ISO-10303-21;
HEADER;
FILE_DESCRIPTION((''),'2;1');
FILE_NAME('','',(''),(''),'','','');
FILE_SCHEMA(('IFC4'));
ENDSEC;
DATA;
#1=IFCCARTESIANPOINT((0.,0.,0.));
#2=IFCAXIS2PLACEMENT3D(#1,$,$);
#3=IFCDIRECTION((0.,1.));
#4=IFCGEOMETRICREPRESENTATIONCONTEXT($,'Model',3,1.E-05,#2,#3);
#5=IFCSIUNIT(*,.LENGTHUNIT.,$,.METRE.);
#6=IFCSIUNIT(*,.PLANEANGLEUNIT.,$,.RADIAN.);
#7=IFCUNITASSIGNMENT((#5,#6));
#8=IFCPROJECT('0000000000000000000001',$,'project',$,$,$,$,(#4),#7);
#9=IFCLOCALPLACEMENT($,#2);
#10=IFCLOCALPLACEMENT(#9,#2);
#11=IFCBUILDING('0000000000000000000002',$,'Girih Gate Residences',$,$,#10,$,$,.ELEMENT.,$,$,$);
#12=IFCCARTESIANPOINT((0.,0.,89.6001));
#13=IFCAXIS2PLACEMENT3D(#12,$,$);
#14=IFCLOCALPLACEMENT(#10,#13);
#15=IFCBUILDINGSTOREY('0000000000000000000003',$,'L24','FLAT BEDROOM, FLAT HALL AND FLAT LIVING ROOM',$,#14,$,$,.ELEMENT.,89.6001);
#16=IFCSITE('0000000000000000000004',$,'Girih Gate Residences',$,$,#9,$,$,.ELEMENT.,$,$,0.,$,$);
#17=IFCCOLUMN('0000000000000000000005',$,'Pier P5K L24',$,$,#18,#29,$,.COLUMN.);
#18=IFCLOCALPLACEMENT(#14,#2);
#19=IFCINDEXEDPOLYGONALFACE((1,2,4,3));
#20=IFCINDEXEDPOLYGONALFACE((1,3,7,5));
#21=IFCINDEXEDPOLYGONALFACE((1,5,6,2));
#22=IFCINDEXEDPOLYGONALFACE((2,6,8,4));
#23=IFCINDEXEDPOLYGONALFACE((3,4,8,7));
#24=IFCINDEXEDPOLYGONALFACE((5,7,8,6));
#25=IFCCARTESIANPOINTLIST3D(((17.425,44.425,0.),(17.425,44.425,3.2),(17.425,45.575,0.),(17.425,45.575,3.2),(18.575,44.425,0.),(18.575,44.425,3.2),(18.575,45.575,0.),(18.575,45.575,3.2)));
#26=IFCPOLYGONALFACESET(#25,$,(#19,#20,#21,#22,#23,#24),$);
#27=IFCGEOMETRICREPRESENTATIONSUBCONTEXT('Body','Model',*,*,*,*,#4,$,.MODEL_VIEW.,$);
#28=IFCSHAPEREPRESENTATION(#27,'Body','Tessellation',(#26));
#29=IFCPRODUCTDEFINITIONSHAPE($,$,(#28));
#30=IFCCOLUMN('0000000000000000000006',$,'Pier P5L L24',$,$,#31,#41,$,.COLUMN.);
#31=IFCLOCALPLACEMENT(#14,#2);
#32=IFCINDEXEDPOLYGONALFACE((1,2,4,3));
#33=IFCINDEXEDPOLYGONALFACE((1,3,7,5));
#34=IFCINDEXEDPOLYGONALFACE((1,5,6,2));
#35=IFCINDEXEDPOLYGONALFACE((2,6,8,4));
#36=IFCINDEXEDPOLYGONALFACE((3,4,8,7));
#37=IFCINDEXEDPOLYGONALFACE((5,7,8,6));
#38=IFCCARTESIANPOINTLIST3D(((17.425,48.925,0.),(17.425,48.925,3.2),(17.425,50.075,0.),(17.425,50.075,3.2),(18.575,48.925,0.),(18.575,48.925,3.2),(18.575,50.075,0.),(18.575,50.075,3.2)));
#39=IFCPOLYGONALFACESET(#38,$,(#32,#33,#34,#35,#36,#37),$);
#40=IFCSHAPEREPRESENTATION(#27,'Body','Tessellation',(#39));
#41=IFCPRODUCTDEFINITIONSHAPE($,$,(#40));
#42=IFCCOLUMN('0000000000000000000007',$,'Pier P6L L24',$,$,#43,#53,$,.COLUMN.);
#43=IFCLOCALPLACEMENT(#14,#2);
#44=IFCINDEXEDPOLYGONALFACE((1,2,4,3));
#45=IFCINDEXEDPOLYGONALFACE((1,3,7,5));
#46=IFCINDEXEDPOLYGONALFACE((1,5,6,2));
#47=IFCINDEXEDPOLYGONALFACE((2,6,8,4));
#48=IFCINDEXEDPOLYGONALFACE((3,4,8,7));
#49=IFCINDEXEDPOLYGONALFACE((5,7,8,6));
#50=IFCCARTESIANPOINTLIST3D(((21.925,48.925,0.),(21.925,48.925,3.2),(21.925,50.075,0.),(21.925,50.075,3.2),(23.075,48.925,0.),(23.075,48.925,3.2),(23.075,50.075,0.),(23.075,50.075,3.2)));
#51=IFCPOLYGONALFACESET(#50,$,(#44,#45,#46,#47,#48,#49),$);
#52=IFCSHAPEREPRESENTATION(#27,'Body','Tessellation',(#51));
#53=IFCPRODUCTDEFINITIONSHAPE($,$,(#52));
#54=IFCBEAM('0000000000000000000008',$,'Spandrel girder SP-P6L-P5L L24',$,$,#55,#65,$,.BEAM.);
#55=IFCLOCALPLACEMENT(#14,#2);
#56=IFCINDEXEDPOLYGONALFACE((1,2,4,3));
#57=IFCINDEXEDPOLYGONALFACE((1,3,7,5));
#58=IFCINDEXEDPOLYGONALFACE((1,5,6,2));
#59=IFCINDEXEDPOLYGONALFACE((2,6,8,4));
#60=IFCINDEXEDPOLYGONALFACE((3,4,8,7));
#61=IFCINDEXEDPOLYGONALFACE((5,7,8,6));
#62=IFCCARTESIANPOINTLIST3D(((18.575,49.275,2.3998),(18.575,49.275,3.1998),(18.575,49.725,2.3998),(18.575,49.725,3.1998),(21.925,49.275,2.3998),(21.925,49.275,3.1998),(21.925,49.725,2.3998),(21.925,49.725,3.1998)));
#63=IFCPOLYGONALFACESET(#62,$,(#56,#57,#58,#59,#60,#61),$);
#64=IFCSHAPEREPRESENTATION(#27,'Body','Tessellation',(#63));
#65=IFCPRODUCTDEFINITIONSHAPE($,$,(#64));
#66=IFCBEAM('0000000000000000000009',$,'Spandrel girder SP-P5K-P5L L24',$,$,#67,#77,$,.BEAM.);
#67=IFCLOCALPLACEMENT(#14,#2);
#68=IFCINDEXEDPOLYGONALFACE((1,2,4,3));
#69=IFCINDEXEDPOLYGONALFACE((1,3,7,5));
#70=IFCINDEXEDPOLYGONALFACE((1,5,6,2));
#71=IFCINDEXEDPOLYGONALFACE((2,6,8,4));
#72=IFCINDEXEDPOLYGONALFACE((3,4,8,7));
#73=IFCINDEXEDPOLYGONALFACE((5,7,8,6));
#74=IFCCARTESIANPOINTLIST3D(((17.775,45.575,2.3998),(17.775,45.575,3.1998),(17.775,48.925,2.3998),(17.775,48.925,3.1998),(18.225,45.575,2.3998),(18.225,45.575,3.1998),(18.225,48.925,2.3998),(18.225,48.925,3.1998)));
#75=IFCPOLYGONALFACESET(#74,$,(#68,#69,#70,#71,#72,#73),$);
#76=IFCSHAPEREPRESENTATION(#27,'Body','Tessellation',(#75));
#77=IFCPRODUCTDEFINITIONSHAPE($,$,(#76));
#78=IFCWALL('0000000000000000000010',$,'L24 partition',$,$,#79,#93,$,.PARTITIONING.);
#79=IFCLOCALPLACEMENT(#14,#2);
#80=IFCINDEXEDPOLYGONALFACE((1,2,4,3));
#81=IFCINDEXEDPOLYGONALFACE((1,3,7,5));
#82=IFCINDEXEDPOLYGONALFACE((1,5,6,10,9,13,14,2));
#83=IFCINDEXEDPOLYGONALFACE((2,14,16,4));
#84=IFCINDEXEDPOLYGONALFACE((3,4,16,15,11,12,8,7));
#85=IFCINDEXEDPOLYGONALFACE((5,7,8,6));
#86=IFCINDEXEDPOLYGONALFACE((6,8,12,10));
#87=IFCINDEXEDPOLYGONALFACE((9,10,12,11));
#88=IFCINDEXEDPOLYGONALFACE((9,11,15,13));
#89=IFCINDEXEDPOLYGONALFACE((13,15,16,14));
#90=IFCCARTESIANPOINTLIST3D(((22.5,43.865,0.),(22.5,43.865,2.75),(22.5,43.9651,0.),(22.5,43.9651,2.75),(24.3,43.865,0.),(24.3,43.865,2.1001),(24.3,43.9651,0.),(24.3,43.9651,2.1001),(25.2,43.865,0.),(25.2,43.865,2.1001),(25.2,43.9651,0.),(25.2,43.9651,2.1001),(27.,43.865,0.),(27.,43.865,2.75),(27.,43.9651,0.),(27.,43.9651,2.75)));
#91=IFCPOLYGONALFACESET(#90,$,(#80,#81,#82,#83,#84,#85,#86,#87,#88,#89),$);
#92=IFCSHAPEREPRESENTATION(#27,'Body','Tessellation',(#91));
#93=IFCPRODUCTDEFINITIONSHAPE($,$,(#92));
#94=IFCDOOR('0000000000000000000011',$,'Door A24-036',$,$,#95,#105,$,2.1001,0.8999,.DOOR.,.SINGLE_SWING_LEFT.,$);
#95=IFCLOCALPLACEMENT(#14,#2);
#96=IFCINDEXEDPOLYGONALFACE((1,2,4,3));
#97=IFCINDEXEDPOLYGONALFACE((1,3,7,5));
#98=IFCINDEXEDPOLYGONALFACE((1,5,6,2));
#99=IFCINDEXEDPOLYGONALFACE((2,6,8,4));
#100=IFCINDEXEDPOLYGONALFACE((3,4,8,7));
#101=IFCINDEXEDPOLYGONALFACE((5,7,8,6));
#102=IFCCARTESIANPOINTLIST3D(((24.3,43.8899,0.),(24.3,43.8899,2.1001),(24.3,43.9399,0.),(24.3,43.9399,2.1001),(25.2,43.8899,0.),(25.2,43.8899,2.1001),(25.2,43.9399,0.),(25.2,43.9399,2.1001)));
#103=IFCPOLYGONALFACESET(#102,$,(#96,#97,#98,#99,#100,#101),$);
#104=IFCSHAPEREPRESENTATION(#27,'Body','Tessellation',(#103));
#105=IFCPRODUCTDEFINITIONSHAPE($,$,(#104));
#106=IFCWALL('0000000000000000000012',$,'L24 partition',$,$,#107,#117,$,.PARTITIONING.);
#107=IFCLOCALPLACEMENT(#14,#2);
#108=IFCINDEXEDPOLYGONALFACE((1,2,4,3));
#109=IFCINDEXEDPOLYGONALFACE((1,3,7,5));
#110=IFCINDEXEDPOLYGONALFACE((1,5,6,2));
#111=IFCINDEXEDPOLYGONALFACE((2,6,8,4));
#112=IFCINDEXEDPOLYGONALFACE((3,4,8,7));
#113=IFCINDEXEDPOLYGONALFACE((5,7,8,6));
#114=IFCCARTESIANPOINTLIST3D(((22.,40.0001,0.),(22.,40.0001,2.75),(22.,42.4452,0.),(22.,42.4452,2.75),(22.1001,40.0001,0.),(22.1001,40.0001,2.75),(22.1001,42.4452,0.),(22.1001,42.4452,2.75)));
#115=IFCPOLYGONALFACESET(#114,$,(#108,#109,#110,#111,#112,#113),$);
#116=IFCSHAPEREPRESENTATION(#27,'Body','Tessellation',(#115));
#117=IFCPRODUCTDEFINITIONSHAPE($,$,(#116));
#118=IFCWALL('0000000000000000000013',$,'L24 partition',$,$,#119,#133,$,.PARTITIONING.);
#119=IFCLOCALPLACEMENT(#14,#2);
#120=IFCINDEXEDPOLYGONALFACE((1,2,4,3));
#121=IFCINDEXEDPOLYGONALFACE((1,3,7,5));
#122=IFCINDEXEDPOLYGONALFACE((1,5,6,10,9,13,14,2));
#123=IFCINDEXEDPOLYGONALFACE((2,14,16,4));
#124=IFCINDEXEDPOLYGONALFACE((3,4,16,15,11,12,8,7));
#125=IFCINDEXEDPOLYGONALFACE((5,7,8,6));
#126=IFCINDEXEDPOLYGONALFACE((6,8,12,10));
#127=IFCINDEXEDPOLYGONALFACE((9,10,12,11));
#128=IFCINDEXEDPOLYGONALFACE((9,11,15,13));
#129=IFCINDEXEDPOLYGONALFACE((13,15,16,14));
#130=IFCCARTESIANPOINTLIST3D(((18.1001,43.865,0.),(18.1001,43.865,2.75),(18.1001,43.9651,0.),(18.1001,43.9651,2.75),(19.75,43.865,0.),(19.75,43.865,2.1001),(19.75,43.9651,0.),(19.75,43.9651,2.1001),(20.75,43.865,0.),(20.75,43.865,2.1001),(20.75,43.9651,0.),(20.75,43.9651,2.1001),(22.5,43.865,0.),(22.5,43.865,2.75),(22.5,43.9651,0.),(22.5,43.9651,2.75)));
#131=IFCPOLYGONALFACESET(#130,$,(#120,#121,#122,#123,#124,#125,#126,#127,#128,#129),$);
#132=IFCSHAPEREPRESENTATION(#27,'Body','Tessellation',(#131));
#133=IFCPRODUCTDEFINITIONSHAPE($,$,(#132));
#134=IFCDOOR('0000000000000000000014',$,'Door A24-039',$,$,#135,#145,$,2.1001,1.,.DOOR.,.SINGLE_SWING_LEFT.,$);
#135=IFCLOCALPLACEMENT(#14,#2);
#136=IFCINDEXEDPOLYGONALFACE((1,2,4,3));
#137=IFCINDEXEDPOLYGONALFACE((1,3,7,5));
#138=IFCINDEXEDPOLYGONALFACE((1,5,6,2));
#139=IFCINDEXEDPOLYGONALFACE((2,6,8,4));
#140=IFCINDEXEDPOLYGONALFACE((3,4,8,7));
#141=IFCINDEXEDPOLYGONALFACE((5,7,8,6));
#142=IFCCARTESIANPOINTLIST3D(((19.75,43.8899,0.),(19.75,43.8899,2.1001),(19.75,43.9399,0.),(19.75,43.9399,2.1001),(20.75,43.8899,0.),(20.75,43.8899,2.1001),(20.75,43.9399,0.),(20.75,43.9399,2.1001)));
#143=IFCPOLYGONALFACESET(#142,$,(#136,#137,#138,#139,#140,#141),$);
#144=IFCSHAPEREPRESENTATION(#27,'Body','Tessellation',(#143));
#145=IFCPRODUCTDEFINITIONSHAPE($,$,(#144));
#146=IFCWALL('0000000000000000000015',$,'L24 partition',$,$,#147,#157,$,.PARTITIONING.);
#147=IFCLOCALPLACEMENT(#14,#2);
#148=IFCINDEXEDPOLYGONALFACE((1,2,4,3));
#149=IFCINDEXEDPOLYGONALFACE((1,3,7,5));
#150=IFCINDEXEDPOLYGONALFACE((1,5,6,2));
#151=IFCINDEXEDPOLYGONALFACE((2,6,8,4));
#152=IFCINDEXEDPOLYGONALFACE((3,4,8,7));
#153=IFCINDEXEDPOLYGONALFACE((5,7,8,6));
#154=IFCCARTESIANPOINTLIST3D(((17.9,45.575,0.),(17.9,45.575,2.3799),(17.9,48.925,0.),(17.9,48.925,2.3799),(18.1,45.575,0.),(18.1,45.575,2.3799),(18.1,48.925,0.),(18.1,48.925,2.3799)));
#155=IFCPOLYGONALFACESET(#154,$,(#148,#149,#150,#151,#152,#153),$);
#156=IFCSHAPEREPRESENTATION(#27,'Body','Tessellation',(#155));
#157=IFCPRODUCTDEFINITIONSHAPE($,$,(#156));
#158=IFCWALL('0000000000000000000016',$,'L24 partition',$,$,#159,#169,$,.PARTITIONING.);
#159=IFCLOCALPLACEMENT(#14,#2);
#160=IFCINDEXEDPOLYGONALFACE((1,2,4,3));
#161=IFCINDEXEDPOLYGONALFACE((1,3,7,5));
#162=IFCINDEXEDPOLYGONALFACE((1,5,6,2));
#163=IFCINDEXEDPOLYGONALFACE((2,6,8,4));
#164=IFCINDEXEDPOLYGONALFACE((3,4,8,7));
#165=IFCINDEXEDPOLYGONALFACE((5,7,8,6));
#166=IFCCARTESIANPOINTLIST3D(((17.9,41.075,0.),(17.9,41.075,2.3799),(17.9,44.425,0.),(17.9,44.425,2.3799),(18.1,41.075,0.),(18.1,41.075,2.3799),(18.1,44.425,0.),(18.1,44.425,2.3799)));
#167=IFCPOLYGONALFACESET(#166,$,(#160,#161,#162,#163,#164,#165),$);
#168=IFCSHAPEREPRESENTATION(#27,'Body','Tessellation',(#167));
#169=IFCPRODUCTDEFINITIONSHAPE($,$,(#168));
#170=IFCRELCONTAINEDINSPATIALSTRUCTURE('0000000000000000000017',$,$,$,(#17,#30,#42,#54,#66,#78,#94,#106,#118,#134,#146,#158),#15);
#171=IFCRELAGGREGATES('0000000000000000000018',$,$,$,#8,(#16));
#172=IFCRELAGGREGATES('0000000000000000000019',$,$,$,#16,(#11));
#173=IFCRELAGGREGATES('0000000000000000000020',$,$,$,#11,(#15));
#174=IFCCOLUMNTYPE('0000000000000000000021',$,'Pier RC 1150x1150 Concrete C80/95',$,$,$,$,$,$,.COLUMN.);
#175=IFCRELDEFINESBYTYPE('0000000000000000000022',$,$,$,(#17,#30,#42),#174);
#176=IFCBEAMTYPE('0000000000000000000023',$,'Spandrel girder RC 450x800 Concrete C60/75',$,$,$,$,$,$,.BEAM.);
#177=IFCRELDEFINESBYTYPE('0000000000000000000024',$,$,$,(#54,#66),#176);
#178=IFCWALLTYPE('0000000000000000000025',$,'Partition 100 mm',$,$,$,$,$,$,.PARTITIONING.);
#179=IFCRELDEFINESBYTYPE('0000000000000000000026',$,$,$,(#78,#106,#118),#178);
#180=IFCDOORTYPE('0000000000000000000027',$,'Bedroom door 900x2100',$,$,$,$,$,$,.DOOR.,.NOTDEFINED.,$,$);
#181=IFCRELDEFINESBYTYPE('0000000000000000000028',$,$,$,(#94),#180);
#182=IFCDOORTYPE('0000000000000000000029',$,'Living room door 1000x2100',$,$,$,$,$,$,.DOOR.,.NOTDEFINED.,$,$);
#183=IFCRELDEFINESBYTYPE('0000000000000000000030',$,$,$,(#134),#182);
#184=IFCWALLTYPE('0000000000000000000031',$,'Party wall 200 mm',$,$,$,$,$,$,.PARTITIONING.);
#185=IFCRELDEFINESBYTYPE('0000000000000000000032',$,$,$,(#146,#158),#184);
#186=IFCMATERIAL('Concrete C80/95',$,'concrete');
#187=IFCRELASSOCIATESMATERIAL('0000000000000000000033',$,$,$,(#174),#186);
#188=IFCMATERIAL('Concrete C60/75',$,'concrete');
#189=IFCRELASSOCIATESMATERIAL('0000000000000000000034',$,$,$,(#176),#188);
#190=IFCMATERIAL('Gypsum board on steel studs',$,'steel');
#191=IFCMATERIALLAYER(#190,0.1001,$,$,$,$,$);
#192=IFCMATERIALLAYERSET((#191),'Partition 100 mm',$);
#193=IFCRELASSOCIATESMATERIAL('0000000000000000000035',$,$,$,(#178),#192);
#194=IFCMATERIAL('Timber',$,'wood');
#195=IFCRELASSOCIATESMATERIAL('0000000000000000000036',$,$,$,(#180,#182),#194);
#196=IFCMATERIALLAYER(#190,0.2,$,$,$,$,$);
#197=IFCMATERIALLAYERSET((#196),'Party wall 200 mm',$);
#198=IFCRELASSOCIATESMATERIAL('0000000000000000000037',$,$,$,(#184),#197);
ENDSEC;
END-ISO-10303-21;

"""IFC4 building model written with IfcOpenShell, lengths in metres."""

from ifc_helpers import new_model, si_unit, direction, frame, frame_2d, origin, origin_2d, place, context, subcontext, project, spatial, rectangle, extrude, material, layer, layer_set, material_profile, profile_set, type_object, element, fill, save


model = new_model("IFC4")

# Units and contexts
model_context = context("Model", 3, precision=1e-05, world=origin(), true_north=direction((0.0, 1.0)))
body_context = subcontext(model_context, "Body", "Model", "MODEL_VIEW")
ifc_project = project(units=[si_unit("LENGTHUNIT", "METRE"), si_unit("PLANEANGLEUNIT", "RADIAN")], contexts=[model_context])

# Site, building, storey
site_placement = place(None, origin())
site = spatial("IfcSite", under=ifc_project, at=site_placement, Name="Girih Gate Residences", CompositionType="ELEMENT", RefElevation=0.0)
building_placement = place(site_placement, origin())
building = spatial("IfcBuilding", under=site, at=building_placement, Name="Girih Gate Residences", CompositionType="ELEMENT")
storey_placement = place(building_placement, frame((0.0, 0.0, 89.6001)))
storey = spatial("IfcBuildingStorey", under=building, at=storey_placement, Name="L24", Description="FLAT BEDROOM, FLAT HALL AND FLAT LIVING ROOM", CompositionType="ELEMENT", Elevation=89.6001)

# Columns
ifc_material_1 = material(Name="Concrete C80/95", Category="concrete")
ifc_material_profile_1 = material_profile(ifc_material_1, rectangle(XDim=1.1499, YDim=1.1499, at=origin_2d()))
ifc_profile_set_1 = profile_set([ifc_material_profile_1], Name="Concrete C80/95")
column_type = type_object("IfcColumnType", Name="Pier RC 1150x1150 Concrete C80/95", PredefinedType="COLUMN", material=ifc_profile_set_1)
for number, where, z_axis, x_axis, name in (
    (1, (18.0, 45.0, 0.0), (0.0, 0.0, 1.0), (1.0, 0.0, 0.0), "Pier P5K L24"),
    (2, (18.0, 49.5, 0.0), (0.0, 0.0, 1.0), (1.0, 0.0, 0.0), "Pier P5L L24"),
    (3, (22.5, 49.5, 0.0), (0.0, 0.0, 1.0), (1.0, 0.0, 0.0), "Pier P6L L24"),
):
    element("IfcColumn", number, at=place(storey_placement, frame(where, z_axis=z_axis, x_axis=x_axis)), inside=storey, type_object=column_type, Name=name, PredefinedType="COLUMN", context=body_context, shape_type="SweptSolid", body=[
        extrude(rectangle(XDim=1.1499, YDim=1.1499, at=origin_2d()), origin(), (0.0, 0.0, 1.0), 3.2),
    ])

# Beams
ifc_material_2 = material(Name="Concrete C60/75", Category="concrete")
ifc_material_profile_2 = material_profile(ifc_material_2, rectangle(XDim=0.45, YDim=0.8, at=origin_2d()))
ifc_profile_set_2 = profile_set([ifc_material_profile_2], Name="Concrete C60/75")
beam_type = type_object("IfcBeamType", Name="Spandrel girder RC 450x800 Concrete C60/75", PredefinedType="BEAM", material=ifc_profile_set_2)
for number, where, z_axis, x_axis, name in (
    (4, (21.925, 49.5, 2.7998), (-1.0, 0.0, 0.0), (0.0, -1.0, 0.0), "Spandrel girder SP-P6L-P5L L24"),
    (5, (18.0, 45.575, 2.7998), (0.0, 1.0, 0.0), (-1.0, 0.0, 0.0), "Spandrel girder SP-P5K-P5L L24"),
):
    element("IfcBeam", number, at=place(storey_placement, frame(where, z_axis=z_axis, x_axis=x_axis)), inside=storey, type_object=beam_type, Name=name, PredefinedType="BEAM", context=body_context, shape_type="SweptSolid", body=[
        extrude(rectangle(XDim=0.45, YDim=0.8, at=origin_2d()), origin(), (0.0, 0.0, 1.0), 3.3501),
    ])

# Wall, opening, door
ifc_material_3 = material(Name="Gypsum board on steel studs", Category="steel")
ifc_layer_1 = layer(ifc_material_3, 0.1001)
ifc_layer_set_1 = layer_set([ifc_layer_1], Name="Partition 100 mm")
wall_type_1 = type_object("IfcWallType", Name="Partition 100 mm", PredefinedType="PARTITIONING", material=ifc_layer_set_1)
wall_1_placement = place(storey_placement, frame((22.5, 43.915, 0.0), z_axis=(0.0, 0.0, 1.0), x_axis=(1.0, 0.0, 0.0)))
wall_1 = element("IfcWall", 6, at=wall_1_placement, inside=storey, type_object=wall_type_1, Name="L24 partition", PredefinedType="PARTITIONING", context=body_context, shape_type="SweptSolid", body=[
    extrude(rectangle(XDim=4.5, YDim=0.1001, at=frame_2d((2.25, 0.0))), origin(), (0.0, 0.0, 1.0), 2.75),
])
opening_1_placement = place(wall_1_placement, frame((1.8, 0.0, 0.0)))
opening_1 = element("IfcOpeningElement", 7, at=opening_1_placement, cuts=wall_1, PredefinedType="OPENING", context=body_context, shape_type="SweptSolid", body=[
    extrude(rectangle(XDim=0.8999, YDim=2.1001, at=frame_2d((0.45, 1.05))), frame((0.0, 0.0601, 0.0), z_axis=(0.0, -1.0, 0.0), x_axis=(1.0, 0.0, 0.0)), (0.0, 0.0, 1.0), 0.1201),
])
ifc_material_4 = material(Name="Timber", Category="wood")
door_type_1 = type_object("IfcDoorType", Name="Bedroom door 900x2100", OperationType="NOTDEFINED", PredefinedType="DOOR", material=ifc_material_4)
door_1_placement = place(opening_1_placement, origin())
door_1 = element("IfcDoor", 8, at=door_1_placement, inside=storey, type_object=door_type_1, Name="Door A24-036", OperationType="SINGLE_SWING_LEFT", OverallHeight=2.1001, OverallWidth=0.8999, PredefinedType="DOOR", context=body_context, shape_type="SweptSolid", body=[
    extrude(rectangle(XDim=0.8999, YDim=2.1001, at=frame_2d((0.45, 1.05))), frame((0.0, 0.0249, 0.0), z_axis=(0.0, -1.0, 0.0), x_axis=(1.0, 0.0, 0.0)), (0.0, 0.0, 1.0), 0.05),
])
fill(opening_1, door_1)

# Wall
wall_2_placement = place(storey_placement, frame((22.05, 40.0, 0.0), z_axis=(0.0, 0.0, 1.0), x_axis=(0.0, 1.0, 0.0)))
element("IfcWall", 9, at=wall_2_placement, inside=storey, type_object=wall_type_1, Name="L24 partition", PredefinedType="PARTITIONING", context=body_context, shape_type="SweptSolid", body=[
    extrude(rectangle(XDim=2.4451, YDim=0.1001, at=frame_2d((1.2227, 0.0))), origin(), (0.0, 0.0, 1.0), 2.75),
])

# Wall, opening, door
wall_3_placement = place(storey_placement, frame((18.1001, 43.915, 0.0), z_axis=(0.0, 0.0, 1.0), x_axis=(1.0, 0.0, 0.0)))
wall_3 = element("IfcWall", 10, at=wall_3_placement, inside=storey, type_object=wall_type_1, Name="L24 partition", PredefinedType="PARTITIONING", context=body_context, shape_type="SweptSolid", body=[
    extrude(rectangle(XDim=4.3999, YDim=0.1001, at=frame_2d((2.2, 0.0))), origin(), (0.0, 0.0, 1.0), 2.75),
])
opening_2_placement = place(wall_3_placement, frame((1.6499, 0.0, 0.0)))
opening_2 = element("IfcOpeningElement", 11, at=opening_2_placement, cuts=wall_3, PredefinedType="OPENING", context=body_context, shape_type="SweptSolid", body=[
    extrude(rectangle(XDim=1.0, YDim=2.1001, at=frame_2d((0.5, 1.05))), frame((0.0, 0.0601, 0.0), z_axis=(0.0, -1.0, 0.0), x_axis=(1.0, 0.0, 0.0)), (0.0, 0.0, 1.0), 0.1201),
])
door_type_2 = type_object("IfcDoorType", Name="Living room door 1000x2100", OperationType="NOTDEFINED", PredefinedType="DOOR", material=ifc_material_4)
door_2_placement = place(opening_2_placement, origin())
door_2 = element("IfcDoor", 12, at=door_2_placement, inside=storey, type_object=door_type_2, Name="Door A24-039", OperationType="SINGLE_SWING_LEFT", OverallHeight=2.1001, OverallWidth=1.0, PredefinedType="DOOR", context=body_context, shape_type="SweptSolid", body=[
    extrude(rectangle(XDim=1.0, YDim=2.1001, at=frame_2d((0.5, 1.05))), frame((0.0, 0.0249, 0.0), z_axis=(0.0, -1.0, 0.0), x_axis=(1.0, 0.0, 0.0)), (0.0, 0.0, 1.0), 0.05),
])
fill(opening_2, door_2)

# Walls
ifc_layer_2 = layer(ifc_material_3, 0.2)
ifc_layer_set_2 = layer_set([ifc_layer_2], Name="Party wall 200 mm")
wall_type_2 = type_object("IfcWallType", Name="Party wall 200 mm", PredefinedType="PARTITIONING", material=ifc_layer_set_2)
for number, where, z_axis, x_axis, name in (
    (13, (18.0, 45.575, 0.0), (0.0, 0.0, 1.0), (0.0, 1.0, 0.0), "L24 partition"),
    (14, (18.0, 41.075, 0.0), (0.0, 0.0, 1.0), (0.0, 1.0, 0.0), "L24 partition"),
):
    element("IfcWall", number, at=place(storey_placement, frame(where, z_axis=z_axis, x_axis=x_axis)), inside=storey, type_object=wall_type_2, Name=name, PredefinedType="PARTITIONING", context=body_context, shape_type="SweptSolid", body=[
        extrude(rectangle(XDim=3.3501, YDim=0.2, at=frame_2d((1.675, 0.0))), origin(), (0.0, 0.0, 1.0), 2.3799),
    ])

save(model, "model.ifc")
